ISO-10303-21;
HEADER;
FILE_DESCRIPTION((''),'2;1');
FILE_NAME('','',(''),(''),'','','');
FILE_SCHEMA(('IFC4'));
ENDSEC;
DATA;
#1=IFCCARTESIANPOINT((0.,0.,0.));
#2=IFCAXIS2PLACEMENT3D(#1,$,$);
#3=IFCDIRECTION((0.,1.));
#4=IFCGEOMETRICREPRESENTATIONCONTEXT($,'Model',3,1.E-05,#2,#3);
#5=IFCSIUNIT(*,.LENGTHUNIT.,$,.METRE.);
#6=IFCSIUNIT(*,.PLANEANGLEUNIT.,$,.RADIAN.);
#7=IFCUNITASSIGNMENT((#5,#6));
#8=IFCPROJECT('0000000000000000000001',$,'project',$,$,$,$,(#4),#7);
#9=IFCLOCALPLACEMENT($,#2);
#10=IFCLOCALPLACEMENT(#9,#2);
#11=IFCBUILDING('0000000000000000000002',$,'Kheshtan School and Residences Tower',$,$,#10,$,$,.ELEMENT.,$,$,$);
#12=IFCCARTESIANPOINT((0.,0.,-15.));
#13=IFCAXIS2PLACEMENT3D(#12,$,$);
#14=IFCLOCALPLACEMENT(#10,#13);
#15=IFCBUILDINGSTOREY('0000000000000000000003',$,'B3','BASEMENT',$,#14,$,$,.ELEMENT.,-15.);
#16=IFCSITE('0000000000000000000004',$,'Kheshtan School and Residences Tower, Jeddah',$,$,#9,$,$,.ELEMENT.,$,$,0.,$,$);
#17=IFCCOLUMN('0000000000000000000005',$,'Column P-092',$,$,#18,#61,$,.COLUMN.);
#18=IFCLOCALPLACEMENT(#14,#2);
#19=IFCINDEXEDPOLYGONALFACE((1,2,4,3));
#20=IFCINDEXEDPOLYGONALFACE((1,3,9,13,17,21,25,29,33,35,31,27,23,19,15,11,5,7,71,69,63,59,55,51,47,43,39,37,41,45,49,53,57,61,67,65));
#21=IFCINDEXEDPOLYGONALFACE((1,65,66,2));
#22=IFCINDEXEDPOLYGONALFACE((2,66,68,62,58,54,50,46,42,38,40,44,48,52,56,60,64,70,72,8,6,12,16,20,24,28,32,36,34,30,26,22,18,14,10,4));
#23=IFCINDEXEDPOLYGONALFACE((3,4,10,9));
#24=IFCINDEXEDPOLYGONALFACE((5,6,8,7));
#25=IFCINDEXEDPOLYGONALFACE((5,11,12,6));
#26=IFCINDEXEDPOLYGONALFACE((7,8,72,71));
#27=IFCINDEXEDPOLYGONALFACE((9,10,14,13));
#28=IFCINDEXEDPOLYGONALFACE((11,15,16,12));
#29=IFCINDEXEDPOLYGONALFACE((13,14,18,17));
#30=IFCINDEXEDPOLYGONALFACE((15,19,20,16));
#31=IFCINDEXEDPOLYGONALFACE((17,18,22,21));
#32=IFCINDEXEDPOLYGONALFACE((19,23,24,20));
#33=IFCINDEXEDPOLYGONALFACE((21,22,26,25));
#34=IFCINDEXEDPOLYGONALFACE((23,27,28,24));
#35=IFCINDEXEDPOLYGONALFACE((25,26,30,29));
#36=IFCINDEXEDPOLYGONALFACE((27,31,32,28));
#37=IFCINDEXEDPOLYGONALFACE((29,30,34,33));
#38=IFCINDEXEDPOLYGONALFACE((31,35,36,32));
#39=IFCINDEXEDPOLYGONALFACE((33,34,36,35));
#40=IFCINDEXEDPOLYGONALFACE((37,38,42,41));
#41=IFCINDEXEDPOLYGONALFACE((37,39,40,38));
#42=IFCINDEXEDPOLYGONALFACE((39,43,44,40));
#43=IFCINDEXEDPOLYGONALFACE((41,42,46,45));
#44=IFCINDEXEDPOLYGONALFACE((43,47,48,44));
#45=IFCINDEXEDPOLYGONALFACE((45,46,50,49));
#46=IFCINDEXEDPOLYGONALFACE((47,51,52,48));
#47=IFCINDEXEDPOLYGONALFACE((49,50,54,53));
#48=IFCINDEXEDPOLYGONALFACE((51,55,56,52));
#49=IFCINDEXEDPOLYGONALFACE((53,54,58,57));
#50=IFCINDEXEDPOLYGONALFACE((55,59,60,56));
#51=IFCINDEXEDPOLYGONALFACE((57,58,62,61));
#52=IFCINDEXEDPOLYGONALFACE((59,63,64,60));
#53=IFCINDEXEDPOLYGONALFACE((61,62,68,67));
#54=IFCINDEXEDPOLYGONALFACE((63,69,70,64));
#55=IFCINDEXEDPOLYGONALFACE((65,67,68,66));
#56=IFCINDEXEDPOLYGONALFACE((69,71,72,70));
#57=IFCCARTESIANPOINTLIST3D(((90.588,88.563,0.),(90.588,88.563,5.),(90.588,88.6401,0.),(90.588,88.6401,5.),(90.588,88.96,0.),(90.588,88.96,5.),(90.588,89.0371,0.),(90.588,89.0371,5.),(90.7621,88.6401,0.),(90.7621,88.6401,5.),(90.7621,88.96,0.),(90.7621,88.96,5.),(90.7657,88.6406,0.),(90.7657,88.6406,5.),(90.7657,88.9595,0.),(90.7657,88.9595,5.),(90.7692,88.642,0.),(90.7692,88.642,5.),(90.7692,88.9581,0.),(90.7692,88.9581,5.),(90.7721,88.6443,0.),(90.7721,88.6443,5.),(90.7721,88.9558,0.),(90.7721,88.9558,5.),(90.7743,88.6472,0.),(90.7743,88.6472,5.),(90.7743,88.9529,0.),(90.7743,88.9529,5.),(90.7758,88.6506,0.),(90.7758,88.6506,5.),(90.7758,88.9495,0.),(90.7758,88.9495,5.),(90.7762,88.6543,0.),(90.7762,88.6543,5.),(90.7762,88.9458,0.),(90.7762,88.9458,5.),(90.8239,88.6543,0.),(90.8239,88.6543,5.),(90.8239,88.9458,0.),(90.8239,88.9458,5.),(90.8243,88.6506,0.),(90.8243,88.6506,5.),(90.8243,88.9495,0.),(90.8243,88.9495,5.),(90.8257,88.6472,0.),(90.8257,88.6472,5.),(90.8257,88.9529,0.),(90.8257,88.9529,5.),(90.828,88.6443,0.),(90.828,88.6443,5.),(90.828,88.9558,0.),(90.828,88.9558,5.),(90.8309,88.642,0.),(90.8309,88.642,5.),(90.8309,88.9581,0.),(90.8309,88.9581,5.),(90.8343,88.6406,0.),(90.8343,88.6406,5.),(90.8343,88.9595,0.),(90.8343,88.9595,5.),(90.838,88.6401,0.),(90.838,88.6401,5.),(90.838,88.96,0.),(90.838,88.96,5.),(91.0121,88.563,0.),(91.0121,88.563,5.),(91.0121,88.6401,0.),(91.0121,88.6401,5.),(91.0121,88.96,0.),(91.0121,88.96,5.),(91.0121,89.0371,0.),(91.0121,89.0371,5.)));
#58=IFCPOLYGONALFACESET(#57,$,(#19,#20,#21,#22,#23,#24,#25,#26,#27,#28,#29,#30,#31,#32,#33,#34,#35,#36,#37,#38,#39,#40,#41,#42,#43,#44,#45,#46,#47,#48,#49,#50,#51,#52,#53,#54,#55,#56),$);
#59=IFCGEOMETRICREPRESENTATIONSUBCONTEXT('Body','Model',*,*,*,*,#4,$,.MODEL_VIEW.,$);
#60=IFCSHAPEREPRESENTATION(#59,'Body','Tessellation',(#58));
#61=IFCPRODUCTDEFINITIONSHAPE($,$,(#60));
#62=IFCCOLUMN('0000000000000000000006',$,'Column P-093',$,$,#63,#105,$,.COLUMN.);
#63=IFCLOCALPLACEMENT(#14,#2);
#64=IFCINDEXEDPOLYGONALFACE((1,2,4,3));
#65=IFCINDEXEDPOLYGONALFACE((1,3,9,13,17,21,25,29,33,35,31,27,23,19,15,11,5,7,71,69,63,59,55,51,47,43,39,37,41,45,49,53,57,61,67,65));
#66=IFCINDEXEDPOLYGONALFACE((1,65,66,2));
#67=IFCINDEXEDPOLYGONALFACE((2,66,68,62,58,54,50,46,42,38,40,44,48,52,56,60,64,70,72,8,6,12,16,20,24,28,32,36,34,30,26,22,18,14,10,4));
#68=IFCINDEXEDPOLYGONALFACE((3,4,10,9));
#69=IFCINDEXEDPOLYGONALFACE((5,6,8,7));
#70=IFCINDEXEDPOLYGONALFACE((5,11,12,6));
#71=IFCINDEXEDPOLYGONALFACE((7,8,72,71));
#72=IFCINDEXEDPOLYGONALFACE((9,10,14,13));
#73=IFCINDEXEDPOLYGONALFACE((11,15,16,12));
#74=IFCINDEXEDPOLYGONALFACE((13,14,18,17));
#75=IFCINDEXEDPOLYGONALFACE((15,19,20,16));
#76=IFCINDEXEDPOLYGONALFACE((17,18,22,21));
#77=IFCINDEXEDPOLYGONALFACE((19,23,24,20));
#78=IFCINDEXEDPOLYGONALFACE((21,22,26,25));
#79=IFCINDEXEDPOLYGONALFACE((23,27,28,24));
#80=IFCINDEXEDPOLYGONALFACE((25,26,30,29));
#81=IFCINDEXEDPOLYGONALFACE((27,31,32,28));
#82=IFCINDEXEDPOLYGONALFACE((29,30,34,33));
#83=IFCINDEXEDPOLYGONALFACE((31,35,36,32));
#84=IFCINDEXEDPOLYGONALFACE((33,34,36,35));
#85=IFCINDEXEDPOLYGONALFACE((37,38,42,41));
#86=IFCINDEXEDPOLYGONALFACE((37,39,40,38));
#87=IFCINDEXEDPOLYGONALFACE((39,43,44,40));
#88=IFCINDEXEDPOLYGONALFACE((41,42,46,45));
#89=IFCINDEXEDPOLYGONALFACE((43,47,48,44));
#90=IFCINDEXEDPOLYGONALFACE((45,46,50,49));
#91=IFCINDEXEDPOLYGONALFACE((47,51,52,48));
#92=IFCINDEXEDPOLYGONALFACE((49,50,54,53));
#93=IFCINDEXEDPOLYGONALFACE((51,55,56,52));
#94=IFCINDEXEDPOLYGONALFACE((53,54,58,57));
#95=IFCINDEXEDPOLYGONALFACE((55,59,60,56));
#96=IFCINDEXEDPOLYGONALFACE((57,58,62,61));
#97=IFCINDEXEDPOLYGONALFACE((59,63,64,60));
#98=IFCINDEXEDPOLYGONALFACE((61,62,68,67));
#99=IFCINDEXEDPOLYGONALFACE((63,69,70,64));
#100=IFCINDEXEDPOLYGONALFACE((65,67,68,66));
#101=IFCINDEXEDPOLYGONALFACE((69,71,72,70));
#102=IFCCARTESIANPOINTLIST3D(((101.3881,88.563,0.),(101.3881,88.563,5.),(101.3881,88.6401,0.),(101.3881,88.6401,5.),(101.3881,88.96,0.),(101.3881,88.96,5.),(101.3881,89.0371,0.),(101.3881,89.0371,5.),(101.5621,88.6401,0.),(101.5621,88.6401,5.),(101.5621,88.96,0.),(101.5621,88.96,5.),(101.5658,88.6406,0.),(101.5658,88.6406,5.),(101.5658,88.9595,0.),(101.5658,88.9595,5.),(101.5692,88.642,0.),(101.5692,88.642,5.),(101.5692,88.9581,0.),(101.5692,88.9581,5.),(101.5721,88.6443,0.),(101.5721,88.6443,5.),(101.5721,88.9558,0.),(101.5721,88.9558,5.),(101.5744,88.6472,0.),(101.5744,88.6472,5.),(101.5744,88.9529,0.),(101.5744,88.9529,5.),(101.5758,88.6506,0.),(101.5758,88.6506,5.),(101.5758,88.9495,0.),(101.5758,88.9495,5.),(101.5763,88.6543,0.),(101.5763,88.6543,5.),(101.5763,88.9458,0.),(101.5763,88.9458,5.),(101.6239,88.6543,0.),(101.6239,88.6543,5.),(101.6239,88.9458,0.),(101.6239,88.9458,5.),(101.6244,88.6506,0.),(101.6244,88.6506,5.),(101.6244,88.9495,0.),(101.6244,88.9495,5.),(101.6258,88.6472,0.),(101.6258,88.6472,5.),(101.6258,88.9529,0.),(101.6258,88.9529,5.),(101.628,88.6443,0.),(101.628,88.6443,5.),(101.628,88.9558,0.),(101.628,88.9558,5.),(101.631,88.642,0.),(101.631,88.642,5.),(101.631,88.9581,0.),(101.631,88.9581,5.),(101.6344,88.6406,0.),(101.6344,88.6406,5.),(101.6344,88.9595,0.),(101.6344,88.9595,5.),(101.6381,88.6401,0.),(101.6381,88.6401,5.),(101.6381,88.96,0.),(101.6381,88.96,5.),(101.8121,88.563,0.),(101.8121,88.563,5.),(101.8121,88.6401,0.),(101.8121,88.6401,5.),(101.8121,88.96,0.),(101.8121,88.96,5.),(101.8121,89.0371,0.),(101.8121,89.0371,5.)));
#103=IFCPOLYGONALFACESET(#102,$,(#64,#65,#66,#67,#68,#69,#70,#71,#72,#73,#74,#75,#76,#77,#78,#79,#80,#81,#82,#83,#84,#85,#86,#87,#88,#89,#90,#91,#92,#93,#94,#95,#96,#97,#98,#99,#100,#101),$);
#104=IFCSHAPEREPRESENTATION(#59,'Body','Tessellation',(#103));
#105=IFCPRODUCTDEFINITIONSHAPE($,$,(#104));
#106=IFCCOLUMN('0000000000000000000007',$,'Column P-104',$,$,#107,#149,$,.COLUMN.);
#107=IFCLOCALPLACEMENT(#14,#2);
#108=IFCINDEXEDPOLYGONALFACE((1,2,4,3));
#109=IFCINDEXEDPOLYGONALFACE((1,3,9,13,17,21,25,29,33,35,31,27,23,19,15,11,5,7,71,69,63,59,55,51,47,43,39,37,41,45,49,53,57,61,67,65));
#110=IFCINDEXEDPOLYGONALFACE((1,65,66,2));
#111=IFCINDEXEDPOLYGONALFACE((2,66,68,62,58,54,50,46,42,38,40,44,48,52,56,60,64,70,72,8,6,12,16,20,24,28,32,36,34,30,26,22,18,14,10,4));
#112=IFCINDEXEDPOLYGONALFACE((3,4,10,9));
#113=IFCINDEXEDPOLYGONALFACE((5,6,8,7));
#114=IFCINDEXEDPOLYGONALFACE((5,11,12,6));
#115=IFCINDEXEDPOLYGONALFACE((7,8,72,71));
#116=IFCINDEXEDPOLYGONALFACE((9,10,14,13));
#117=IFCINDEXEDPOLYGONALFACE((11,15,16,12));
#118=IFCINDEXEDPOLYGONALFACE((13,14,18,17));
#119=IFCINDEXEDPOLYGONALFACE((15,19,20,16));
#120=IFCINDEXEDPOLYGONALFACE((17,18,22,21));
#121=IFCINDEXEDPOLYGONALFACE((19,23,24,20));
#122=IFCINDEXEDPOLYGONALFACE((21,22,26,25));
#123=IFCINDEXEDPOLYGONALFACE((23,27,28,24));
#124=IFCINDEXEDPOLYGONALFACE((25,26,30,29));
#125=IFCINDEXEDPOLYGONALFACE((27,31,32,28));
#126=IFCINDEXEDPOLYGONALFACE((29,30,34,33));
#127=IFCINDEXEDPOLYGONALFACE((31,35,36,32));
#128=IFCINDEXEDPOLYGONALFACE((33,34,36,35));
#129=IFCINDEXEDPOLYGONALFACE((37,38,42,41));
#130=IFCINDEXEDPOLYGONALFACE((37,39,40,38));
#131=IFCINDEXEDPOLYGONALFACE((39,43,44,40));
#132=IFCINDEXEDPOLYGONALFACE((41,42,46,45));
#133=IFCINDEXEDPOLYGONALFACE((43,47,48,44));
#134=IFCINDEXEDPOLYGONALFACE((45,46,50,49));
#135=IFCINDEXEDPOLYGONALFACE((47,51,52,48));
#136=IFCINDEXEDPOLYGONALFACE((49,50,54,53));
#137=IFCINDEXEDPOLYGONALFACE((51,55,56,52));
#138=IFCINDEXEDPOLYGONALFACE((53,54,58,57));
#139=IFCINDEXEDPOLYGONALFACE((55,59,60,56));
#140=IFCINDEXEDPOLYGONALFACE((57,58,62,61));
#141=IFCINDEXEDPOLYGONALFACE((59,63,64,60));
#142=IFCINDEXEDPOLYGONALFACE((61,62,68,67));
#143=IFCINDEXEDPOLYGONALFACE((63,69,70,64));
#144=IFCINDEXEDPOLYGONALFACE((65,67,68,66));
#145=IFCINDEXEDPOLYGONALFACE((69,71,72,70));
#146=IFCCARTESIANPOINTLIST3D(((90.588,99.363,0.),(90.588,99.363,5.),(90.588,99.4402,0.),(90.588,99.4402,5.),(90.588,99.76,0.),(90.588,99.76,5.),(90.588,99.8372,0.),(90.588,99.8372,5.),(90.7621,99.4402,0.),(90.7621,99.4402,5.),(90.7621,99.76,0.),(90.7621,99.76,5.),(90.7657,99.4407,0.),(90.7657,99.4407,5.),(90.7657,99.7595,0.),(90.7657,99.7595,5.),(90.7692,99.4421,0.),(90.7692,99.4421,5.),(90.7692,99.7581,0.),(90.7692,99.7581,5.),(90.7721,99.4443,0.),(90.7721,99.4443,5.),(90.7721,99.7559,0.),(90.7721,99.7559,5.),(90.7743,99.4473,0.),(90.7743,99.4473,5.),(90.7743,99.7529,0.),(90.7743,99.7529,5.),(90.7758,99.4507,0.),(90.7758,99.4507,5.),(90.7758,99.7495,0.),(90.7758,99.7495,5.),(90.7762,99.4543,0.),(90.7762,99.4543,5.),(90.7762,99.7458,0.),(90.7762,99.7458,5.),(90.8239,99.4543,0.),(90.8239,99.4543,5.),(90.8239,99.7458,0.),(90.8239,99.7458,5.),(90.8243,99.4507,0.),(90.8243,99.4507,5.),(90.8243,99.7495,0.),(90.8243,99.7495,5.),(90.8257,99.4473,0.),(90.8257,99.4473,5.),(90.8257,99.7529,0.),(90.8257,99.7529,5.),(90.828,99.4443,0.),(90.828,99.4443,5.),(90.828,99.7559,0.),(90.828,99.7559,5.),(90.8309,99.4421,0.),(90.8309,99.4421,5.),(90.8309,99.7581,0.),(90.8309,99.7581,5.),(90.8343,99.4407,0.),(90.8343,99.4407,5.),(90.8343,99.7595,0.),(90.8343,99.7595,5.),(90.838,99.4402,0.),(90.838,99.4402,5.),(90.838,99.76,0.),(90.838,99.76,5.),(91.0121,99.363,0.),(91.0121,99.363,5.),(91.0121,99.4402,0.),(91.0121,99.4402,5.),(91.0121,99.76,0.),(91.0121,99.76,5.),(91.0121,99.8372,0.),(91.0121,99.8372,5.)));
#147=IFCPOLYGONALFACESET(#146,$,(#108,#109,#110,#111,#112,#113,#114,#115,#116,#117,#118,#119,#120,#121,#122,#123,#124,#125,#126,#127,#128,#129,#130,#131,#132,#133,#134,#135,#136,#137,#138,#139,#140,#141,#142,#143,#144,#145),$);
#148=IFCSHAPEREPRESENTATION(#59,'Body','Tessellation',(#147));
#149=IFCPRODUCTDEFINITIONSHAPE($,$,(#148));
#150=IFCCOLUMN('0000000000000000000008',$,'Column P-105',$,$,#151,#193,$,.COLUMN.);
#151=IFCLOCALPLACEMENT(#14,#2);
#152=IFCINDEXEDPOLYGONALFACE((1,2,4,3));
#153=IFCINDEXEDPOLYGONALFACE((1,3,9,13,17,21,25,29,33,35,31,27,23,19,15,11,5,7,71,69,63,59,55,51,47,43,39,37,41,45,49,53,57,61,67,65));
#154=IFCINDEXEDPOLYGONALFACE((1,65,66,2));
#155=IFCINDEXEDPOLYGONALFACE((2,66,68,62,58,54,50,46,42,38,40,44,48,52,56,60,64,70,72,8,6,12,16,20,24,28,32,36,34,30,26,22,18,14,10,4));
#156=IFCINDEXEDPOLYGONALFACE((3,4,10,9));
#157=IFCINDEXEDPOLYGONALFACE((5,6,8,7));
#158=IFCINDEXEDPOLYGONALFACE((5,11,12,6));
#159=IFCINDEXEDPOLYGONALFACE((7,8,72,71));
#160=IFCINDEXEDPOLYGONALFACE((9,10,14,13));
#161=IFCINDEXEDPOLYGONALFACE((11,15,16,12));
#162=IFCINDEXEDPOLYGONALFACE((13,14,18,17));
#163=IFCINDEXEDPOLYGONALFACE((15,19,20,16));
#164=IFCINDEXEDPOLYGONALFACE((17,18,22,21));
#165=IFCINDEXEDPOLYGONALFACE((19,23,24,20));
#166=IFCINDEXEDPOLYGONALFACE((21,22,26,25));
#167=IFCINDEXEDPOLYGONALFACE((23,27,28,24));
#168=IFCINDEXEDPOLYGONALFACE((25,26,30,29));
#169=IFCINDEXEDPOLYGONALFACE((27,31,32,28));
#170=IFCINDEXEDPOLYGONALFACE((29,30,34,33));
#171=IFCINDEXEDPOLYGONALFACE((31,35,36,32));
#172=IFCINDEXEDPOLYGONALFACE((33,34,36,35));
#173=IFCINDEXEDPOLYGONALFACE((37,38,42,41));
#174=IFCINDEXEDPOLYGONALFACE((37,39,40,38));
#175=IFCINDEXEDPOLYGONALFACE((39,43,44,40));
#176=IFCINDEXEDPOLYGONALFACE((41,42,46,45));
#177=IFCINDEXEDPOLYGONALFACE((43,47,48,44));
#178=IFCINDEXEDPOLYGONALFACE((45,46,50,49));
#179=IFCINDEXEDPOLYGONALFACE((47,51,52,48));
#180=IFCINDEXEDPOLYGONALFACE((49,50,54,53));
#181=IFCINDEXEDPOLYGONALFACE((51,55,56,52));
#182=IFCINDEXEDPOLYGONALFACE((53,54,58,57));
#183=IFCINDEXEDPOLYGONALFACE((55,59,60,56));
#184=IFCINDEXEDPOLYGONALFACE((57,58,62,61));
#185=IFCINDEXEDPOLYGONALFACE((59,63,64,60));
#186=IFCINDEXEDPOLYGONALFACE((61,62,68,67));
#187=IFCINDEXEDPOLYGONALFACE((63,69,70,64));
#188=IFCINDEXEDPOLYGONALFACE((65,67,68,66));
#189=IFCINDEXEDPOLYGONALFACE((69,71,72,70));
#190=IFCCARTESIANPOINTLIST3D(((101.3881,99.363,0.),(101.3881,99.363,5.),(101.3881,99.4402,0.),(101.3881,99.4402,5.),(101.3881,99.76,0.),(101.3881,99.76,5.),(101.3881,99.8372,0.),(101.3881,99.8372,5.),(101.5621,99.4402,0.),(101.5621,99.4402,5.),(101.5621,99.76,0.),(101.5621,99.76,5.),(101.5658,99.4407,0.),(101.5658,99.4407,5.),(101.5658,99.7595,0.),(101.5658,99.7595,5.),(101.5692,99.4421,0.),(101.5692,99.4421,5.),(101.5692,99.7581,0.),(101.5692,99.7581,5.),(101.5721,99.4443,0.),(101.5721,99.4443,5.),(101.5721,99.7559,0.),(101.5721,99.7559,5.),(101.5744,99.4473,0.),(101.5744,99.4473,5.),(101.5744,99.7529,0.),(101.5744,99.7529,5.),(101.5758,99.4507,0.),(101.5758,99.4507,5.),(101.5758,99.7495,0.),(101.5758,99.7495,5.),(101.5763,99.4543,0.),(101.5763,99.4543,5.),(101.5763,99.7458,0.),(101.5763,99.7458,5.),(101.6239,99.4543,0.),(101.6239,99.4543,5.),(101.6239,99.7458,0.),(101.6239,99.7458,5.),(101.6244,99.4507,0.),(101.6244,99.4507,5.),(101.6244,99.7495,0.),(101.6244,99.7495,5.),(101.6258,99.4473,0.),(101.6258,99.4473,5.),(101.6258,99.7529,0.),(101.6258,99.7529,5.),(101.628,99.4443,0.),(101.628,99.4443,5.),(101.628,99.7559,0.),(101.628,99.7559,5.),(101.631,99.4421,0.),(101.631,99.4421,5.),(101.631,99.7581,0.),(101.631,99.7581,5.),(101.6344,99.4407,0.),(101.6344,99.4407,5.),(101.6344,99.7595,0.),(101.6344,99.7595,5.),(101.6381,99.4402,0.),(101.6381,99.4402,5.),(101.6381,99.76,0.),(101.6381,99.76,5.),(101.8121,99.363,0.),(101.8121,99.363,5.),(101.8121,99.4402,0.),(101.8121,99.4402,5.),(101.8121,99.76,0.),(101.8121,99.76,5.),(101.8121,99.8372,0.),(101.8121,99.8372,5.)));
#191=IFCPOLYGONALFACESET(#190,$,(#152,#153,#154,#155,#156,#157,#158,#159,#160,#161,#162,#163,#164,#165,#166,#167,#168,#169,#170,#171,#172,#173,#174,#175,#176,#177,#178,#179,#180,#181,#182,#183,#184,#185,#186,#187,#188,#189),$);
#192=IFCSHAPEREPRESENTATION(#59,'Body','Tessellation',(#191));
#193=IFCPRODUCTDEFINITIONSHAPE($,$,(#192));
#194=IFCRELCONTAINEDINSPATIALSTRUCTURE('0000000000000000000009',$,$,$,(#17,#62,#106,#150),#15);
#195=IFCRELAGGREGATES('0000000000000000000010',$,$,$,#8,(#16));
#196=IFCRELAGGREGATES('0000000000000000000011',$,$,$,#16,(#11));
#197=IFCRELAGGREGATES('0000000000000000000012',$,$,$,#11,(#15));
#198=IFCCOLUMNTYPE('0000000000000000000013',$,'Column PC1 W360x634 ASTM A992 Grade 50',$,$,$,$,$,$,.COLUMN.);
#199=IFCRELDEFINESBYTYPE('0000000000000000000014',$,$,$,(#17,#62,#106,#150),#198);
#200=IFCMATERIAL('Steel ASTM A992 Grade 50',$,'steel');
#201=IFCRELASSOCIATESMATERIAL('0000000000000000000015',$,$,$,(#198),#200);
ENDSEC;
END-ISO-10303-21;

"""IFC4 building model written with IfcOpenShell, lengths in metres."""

from ifc_helpers import new_model, si_unit, direction, frame, origin, origin_2d, place, context, subcontext, project, spatial, i_section, extrude, material, material_profile, profile_set, type_object, element, save


model = new_model("IFC4")

# Units and contexts
model_context = context("Model", 3, precision=1e-05, world=origin(), true_north=direction((0.0, 1.0)))
body_context = subcontext(model_context, "Body", "Model", "MODEL_VIEW")
ifc_project = project(units=[si_unit("LENGTHUNIT", "METRE"), si_unit("PLANEANGLEUNIT", "RADIAN")], contexts=[model_context])

# Site, building, storey
site_placement = place(None, origin())
site = spatial("IfcSite", under=ifc_project, at=site_placement, Name="Kheshtan School and Residences Tower, Jeddah", CompositionType="ELEMENT", RefElevation=0.0)
building_placement = place(site_placement, origin())
building = spatial("IfcBuilding", under=site, at=building_placement, Name="Kheshtan School and Residences Tower", CompositionType="ELEMENT")
storey_placement = place(building_placement, frame((0.0, 0.0, -15.0)))
storey = spatial("IfcBuildingStorey", under=building, at=storey_placement, Name="B3", Description="BASEMENT", CompositionType="ELEMENT", Elevation=-15.0)

# Columns
ifc_material_1 = material(Name="Steel ASTM A992 Grade 50", Category="steel")
ifc_material_profile_1 = material_profile(ifc_material_1, i_section(OverallWidth=0.4241, OverallDepth=0.4741, WebThickness=0.0476, FlangeThickness=0.0771, FilletRadius=0.0142, at=origin_2d()), Name="W360x634")
ifc_profile_set_1 = profile_set([ifc_material_profile_1], Name="Steel ASTM A992 Grade 50")
column_type = type_object("IfcColumnType", Name="Column PC1 W360x634 ASTM A992 Grade 50", PredefinedType="COLUMN", material=ifc_profile_set_1)
for number, where, z_axis, x_axis, name in (
    (1, (90.8, 88.8, 0.0), (0.0, 0.0, 1.0), (1.0, 0.0, 0.0), "Column P-092"),
    (2, (101.6001, 88.8, 0.0), (0.0, 0.0, 1.0), (1.0, 0.0, 0.0), "Column P-093"),
    (3, (90.8, 99.6001, 0.0), (0.0, 0.0, 1.0), (1.0, 0.0, 0.0), "Column P-104"),
    (4, (101.6001, 99.6001, 0.0), (0.0, 0.0, 1.0), (1.0, 0.0, 0.0), "Column P-105"),
):
    element("IfcColumn", number, at=place(storey_placement, frame(where, z_axis=z_axis, x_axis=x_axis)), inside=storey, type_object=column_type, Name=name, PredefinedType="COLUMN", context=body_context, shape_type="SweptSolid", body=[
        extrude(i_section(OverallWidth=0.4241, OverallDepth=0.4741, WebThickness=0.0476, FlangeThickness=0.0771, FilletRadius=0.0142, at=origin_2d()), origin(), (0.0, 0.0, 1.0), 5.0),
    ])

save(model, "model.ifc")
